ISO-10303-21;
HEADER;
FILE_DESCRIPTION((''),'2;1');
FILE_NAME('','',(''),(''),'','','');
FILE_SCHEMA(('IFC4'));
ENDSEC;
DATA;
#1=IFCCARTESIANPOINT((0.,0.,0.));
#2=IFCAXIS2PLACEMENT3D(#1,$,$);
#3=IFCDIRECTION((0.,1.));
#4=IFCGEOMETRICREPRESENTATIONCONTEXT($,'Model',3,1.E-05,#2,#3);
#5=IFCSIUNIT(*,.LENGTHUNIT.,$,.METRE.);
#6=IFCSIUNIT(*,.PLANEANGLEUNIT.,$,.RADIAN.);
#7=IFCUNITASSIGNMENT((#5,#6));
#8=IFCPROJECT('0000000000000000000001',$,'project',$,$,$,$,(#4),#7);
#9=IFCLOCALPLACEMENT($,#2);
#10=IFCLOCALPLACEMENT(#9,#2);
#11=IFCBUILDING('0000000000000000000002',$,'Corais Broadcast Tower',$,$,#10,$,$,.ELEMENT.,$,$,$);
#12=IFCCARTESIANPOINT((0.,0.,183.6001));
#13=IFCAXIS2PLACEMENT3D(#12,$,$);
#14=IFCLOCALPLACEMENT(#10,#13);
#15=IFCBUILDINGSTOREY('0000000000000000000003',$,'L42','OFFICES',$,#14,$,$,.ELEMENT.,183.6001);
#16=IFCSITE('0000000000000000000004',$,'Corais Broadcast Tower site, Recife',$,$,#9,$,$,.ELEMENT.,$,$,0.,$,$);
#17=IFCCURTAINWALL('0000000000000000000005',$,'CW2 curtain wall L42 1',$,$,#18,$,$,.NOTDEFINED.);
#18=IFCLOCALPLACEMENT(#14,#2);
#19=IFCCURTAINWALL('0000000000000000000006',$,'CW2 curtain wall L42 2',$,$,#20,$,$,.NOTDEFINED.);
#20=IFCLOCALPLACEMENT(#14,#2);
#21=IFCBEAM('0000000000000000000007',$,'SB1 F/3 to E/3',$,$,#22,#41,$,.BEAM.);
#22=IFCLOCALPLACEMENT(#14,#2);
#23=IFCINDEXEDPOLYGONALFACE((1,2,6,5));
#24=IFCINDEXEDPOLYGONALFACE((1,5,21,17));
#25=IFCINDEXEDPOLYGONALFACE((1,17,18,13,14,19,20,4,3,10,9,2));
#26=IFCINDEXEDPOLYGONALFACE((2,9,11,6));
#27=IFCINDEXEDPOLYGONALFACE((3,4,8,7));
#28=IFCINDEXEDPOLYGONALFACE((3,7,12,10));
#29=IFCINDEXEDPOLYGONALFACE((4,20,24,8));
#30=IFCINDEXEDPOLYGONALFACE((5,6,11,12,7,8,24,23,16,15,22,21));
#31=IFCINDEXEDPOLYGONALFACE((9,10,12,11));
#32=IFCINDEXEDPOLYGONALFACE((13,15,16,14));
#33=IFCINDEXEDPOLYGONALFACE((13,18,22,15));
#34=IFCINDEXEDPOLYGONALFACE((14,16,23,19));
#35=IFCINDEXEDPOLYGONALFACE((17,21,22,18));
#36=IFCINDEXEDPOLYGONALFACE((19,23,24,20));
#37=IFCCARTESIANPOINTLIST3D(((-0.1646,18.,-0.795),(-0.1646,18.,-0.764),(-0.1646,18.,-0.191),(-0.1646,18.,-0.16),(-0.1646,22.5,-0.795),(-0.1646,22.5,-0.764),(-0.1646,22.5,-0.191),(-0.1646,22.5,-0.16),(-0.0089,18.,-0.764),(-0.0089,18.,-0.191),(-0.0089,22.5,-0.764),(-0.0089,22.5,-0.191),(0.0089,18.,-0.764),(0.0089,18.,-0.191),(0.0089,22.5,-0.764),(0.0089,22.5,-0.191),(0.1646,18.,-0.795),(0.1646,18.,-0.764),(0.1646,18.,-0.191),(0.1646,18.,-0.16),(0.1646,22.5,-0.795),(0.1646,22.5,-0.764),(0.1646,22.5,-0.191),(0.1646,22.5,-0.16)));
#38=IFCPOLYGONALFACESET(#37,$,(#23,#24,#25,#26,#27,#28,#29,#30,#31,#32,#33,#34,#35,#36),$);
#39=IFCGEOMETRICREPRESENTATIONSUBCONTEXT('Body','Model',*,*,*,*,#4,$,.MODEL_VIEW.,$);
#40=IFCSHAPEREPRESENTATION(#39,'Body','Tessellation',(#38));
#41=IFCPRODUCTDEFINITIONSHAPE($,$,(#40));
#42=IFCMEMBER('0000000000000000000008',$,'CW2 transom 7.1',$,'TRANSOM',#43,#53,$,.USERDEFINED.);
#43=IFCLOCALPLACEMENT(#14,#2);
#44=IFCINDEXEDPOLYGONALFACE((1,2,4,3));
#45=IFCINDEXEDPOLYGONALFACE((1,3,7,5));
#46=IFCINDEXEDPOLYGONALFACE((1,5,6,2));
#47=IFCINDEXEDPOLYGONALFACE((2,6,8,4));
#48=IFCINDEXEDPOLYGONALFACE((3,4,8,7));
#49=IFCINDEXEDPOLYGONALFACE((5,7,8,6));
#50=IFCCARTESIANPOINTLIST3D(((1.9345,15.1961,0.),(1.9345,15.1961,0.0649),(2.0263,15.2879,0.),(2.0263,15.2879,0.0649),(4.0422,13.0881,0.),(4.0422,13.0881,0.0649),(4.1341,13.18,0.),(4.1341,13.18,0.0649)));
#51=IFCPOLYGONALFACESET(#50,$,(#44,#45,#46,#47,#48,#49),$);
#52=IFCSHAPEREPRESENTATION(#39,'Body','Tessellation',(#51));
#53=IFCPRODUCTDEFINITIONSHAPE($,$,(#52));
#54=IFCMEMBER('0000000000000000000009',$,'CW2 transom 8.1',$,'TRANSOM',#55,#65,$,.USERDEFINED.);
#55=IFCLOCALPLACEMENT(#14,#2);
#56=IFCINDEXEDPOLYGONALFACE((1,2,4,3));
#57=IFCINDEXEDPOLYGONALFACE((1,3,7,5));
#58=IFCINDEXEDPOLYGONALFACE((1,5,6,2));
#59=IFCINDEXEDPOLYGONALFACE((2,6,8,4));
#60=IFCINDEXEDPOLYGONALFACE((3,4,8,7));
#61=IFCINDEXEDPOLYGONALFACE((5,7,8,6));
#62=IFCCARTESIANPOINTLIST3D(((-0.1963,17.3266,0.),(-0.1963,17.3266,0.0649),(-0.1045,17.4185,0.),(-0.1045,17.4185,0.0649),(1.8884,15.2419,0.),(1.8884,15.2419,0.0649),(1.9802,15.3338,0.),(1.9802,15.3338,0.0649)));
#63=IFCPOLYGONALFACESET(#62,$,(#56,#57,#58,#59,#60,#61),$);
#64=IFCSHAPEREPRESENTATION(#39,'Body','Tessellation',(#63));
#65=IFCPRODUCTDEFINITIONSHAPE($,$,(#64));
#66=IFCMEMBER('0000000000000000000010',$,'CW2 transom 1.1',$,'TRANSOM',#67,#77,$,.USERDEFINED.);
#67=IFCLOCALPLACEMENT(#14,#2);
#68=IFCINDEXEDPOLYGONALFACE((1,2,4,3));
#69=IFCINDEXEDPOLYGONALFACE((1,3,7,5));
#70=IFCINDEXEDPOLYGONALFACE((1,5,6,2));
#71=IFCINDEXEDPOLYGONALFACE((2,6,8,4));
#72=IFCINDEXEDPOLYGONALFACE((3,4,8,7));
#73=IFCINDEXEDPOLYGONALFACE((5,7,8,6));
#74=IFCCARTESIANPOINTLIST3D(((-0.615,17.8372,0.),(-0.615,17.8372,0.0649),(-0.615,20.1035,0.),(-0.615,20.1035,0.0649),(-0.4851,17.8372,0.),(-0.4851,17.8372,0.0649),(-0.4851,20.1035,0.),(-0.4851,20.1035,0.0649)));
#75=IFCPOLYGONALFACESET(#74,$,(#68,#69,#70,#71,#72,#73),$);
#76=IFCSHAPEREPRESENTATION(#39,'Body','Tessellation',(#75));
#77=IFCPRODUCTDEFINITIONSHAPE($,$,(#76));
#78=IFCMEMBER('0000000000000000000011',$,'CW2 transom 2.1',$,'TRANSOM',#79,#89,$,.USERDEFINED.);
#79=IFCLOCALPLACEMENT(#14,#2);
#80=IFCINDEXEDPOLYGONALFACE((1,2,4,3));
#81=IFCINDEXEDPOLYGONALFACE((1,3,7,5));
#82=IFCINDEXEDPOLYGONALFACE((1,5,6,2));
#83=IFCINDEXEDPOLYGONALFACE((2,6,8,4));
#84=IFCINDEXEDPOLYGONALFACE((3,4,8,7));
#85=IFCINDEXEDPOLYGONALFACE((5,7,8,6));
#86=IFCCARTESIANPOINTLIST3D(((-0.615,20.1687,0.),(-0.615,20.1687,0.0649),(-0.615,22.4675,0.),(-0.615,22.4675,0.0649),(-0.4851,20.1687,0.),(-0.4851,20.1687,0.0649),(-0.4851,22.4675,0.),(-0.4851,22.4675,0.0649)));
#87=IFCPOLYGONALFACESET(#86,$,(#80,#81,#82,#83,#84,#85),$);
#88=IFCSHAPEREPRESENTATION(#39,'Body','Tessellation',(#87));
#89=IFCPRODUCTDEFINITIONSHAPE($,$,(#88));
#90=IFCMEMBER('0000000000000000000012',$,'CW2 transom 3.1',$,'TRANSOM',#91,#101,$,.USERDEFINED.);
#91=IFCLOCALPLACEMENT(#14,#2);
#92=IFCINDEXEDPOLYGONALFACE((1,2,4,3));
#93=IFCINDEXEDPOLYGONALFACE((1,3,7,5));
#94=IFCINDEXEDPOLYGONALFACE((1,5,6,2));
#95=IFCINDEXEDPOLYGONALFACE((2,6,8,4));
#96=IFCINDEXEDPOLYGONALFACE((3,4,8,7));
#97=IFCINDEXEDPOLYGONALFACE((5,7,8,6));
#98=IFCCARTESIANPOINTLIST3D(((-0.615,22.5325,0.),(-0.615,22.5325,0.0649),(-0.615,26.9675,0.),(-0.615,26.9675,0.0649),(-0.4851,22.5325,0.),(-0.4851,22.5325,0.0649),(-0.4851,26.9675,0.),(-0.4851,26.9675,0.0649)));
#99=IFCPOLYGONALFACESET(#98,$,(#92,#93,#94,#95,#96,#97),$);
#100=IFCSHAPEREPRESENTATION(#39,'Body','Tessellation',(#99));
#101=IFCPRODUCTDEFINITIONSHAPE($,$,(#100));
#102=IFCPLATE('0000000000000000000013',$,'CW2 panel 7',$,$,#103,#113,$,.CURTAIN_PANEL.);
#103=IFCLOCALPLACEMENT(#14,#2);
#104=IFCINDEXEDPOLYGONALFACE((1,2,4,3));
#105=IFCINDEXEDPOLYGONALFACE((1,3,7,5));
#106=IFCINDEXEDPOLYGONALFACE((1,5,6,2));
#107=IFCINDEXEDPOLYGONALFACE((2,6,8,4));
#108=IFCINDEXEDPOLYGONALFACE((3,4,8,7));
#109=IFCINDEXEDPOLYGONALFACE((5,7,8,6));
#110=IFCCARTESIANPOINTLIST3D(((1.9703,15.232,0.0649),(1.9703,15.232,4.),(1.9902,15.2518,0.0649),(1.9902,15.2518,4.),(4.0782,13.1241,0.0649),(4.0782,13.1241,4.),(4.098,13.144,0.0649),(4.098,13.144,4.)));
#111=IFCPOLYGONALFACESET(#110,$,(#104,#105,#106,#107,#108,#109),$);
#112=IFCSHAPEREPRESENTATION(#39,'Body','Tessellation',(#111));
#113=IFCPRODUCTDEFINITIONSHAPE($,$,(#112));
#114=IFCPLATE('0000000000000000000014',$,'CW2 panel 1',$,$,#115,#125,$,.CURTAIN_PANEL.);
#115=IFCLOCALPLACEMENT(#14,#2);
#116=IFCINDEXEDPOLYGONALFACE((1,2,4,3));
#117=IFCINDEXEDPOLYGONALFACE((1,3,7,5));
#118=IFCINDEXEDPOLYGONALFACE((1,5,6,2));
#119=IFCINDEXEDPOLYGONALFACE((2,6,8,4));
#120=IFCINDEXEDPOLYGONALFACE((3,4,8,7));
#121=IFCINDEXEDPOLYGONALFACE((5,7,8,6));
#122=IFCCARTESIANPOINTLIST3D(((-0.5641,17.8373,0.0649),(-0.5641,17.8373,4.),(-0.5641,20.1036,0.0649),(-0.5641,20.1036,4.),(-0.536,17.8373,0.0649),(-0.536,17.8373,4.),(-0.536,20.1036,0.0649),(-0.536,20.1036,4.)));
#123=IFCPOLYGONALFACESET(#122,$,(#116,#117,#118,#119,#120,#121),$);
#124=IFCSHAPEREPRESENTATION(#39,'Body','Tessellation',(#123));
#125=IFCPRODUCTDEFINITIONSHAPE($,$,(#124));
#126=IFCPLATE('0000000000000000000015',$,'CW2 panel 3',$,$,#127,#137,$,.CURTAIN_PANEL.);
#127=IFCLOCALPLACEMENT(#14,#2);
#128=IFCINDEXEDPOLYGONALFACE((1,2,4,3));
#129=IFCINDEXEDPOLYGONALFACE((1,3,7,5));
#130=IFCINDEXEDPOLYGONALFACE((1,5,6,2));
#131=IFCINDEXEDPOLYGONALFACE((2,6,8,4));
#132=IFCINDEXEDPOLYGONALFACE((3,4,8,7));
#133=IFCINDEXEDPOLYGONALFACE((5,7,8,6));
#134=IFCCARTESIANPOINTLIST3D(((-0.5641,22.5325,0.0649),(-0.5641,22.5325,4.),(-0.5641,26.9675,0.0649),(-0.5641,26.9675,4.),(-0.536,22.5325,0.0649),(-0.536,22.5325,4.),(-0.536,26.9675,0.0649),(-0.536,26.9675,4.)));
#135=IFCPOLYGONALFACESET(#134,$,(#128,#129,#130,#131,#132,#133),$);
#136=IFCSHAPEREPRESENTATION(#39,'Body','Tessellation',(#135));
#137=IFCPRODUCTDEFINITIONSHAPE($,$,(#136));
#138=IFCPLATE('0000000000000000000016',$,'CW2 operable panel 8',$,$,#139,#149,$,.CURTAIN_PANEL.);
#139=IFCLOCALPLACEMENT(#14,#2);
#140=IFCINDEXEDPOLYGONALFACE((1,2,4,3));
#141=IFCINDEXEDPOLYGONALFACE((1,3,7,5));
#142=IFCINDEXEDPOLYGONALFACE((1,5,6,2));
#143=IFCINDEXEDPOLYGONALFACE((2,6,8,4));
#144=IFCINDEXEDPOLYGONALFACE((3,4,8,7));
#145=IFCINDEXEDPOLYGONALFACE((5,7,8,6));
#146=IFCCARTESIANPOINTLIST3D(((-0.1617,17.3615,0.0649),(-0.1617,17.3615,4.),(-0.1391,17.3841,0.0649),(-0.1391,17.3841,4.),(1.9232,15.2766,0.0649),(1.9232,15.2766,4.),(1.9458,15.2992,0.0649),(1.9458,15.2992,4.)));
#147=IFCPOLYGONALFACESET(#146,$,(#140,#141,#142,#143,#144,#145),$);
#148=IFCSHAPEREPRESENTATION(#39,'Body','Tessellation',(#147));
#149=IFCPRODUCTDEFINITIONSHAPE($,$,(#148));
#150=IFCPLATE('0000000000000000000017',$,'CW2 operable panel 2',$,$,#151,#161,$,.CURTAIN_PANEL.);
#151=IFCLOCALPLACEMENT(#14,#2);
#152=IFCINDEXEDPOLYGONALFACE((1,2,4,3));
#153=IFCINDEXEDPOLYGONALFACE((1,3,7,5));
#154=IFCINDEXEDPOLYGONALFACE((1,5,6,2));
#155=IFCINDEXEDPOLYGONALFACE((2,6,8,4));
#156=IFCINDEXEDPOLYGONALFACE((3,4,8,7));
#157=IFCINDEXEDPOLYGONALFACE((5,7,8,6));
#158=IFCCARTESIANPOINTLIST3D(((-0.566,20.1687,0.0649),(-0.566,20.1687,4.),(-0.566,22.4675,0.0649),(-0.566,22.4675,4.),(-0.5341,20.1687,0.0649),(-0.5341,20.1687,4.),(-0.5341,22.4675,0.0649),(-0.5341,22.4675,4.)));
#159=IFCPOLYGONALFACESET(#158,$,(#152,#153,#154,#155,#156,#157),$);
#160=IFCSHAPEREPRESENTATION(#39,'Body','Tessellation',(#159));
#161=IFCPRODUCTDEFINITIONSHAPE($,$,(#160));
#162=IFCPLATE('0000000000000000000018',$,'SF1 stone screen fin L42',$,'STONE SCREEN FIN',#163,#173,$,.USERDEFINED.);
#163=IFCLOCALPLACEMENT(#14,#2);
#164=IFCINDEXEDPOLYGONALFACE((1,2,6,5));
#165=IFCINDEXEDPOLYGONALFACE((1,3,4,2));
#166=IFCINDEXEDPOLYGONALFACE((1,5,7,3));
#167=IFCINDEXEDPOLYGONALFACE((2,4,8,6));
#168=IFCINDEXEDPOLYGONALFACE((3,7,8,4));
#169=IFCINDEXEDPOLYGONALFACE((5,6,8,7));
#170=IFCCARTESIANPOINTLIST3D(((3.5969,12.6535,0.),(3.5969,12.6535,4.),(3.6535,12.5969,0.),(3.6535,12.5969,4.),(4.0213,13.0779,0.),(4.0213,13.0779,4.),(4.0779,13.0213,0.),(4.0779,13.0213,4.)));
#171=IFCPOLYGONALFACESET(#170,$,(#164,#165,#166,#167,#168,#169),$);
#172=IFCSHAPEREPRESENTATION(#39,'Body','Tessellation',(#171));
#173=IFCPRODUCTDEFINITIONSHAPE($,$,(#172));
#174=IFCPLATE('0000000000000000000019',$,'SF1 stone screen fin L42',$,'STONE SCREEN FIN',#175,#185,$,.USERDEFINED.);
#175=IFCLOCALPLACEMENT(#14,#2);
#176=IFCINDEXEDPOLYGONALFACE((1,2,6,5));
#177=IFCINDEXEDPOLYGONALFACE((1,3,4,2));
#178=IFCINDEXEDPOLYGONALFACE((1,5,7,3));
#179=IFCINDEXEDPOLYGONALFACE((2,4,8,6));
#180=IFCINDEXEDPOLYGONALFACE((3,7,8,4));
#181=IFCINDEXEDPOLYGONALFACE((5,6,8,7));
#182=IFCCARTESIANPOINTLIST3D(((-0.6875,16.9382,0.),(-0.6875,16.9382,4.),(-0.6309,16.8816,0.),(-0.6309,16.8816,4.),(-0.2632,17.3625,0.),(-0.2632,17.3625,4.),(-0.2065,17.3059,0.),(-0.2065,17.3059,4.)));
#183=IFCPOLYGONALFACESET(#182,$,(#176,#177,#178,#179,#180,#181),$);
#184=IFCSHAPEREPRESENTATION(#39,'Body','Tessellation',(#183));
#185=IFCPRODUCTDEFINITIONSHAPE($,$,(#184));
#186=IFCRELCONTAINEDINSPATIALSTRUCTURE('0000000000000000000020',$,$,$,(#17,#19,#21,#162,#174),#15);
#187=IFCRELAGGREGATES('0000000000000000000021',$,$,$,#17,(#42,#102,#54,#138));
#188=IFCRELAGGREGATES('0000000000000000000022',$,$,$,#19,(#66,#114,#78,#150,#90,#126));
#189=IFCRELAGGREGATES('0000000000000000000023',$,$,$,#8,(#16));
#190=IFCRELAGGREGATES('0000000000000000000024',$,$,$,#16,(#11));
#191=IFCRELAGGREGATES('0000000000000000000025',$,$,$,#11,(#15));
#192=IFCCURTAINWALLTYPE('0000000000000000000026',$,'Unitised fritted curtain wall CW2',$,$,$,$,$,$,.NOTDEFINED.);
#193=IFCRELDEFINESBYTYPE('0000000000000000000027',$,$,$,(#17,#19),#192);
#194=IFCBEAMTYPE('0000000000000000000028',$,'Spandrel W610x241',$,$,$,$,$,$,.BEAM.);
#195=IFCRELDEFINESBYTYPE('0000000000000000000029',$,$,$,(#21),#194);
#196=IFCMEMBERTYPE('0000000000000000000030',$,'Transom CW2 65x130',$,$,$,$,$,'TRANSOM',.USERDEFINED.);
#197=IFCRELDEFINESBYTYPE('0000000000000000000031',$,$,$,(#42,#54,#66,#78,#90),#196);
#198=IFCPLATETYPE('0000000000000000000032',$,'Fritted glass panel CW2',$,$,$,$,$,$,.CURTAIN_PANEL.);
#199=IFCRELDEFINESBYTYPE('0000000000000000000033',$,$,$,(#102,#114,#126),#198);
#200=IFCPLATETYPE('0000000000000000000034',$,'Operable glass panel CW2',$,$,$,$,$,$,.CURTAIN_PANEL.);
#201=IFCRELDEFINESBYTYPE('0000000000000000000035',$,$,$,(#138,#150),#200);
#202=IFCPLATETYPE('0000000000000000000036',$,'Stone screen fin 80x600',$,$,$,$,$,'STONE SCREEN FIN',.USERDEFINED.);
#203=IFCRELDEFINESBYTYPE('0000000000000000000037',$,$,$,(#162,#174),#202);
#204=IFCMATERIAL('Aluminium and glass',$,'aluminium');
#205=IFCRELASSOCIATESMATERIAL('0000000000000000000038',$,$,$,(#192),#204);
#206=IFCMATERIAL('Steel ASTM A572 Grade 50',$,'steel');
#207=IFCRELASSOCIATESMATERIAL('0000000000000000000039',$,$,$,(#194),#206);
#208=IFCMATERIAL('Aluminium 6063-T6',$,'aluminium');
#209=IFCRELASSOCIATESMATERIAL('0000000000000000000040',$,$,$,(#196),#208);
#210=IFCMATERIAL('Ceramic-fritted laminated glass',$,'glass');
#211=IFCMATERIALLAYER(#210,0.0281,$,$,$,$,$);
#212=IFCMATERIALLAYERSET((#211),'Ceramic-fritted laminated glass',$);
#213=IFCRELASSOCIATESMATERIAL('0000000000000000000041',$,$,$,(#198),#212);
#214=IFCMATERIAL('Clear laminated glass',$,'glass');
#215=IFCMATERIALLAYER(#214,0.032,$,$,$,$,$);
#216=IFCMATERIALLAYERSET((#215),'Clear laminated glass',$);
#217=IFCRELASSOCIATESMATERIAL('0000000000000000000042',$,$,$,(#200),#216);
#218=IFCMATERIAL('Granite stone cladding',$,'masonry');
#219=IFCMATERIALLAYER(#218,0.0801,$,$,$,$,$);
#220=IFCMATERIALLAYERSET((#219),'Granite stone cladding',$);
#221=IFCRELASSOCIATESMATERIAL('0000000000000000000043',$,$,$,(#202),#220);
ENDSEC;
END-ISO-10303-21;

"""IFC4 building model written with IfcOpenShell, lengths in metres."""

from ifc_helpers import new_model, si_unit, direction, frame, origin, origin_2d, place, context, subcontext, project, spatial, rectangle, i_section, extrude, material, layer, layer_set, material_profile, profile_set, type_object, element, aggregate, save


model = new_model("IFC4")

# Units and contexts
model_context = context("Model", 3, precision=1e-05, world=origin(), true_north=direction((0.0, 1.0)))
body_context = subcontext(model_context, "Body", "Model", "MODEL_VIEW")
ifc_project = project(units=[si_unit("LENGTHUNIT", "METRE"), si_unit("PLANEANGLEUNIT", "RADIAN")], contexts=[model_context])

# Site, building, storey
site_placement = place(None, origin())
site = spatial("IfcSite", under=ifc_project, at=site_placement, Name="Corais Broadcast Tower site, Recife", CompositionType="ELEMENT", RefElevation=0.0)
building_placement = place(site_placement, origin())
building = spatial("IfcBuilding", under=site, at=building_placement, Name="Corais Broadcast Tower", CompositionType="ELEMENT")
storey_placement = place(building_placement, frame((0.0, 0.0, 183.6001)))
storey = spatial("IfcBuildingStorey", under=building, at=storey_placement, Name="L42", Description="OFFICES", CompositionType="ELEMENT", Elevation=183.6001)

# Curtain walls
ifc_material_1 = material(Name="Aluminium and glass", Category="aluminium")
curtain_wall_type = type_object("IfcCurtainWallType", Name="Unitised fritted curtain wall CW2", PredefinedType="NOTDEFINED", material=ifc_material_1)
curtain_wall_1_placement = place(storey_placement, origin())
curtain_wall_1 = element("IfcCurtainWall", 1, at=curtain_wall_1_placement, inside=storey, type_object=curtain_wall_type, Name="CW2 curtain wall L42 1", PredefinedType="NOTDEFINED")
curtain_wall_2_placement = place(storey_placement, origin())
curtain_wall_2 = element("IfcCurtainWall", 2, at=curtain_wall_2_placement, inside=storey, type_object=curtain_wall_type, Name="CW2 curtain wall L42 2", PredefinedType="NOTDEFINED")

# Beam
ifc_material_2 = material(Name="Steel ASTM A572 Grade 50", Category="steel")
ifc_material_profile_1 = material_profile(ifc_material_2, i_section(OverallWidth=0.3291, OverallDepth=0.635, WebThickness=0.0178, FlangeThickness=0.031, at=origin_2d()), Name="W610x241")
ifc_profile_set_1 = profile_set([ifc_material_profile_1], Name="Steel ASTM A572 Grade 50")
beam_type_1 = type_object("IfcBeamType", Name="Spandrel W610x241", PredefinedType="BEAM", material=ifc_profile_set_1)
beam_1_placement = place(storey_placement, frame((0.0, 22.5, -0.4775), z_axis=(0.0, -1.0, 0.0), x_axis=(1.0, 0.0, 0.0)))
element("IfcBeam", 3, at=beam_1_placement, inside=storey, type_object=beam_type_1, Name="SB1 F/3 to E/3", PredefinedType="BEAM", context=body_context, shape_type="SweptSolid", body=[
    extrude(i_section(OverallWidth=0.3291, OverallDepth=0.635, WebThickness=0.0178, FlangeThickness=0.031, at=origin_2d()), origin(), (0.0, 0.0, 1.0), 4.5),
])

# Members
ifc_material_3 = material(Name="Aluminium 6063-T6", Category="aluminium")
ifc_material_profile_2 = material_profile(ifc_material_3, rectangle(XDim=0.1299, YDim=0.0649, at=origin_2d()), Name="Transom CW2 65x130")
ifc_profile_set_2 = profile_set([ifc_material_profile_2], Name="Aluminium 6063-T6")
member_type_1 = type_object("IfcMemberType", Name="Transom CW2 65x130", ElementType="TRANSOM", PredefinedType="USERDEFINED", material=ifc_profile_set_2)
member_1_placement = place(storey_placement, frame((4.0881, 13.134, 0.0325), z_axis=(-0.707066, 0.707148, 0.0), x_axis=(-0.707148, -0.707066, 0.0)))
member_1 = element("IfcMember", 4, at=member_1_placement, type_object=member_type_1, Name="CW2 transom 7.1", ObjectType="TRANSOM", PredefinedType="USERDEFINED", context=body_context, shape_type="SweptSolid", body=[
    extrude(rectangle(XDim=0.1299, YDim=0.0649, at=origin_2d()), origin(), (0.0, 0.0, 1.0), 2.981),
])
member_2_placement = place(storey_placement, frame((1.9343, 15.2878, 0.0325), z_axis=(-0.707107, 0.707107, 0.0), x_axis=(-0.707107, -0.707107, 0.0)))
member_2 = element("IfcMember", 5, at=member_2_placement, type_object=member_type_1, Name="CW2 transom 8.1", ObjectType="TRANSOM", PredefinedType="USERDEFINED", context=body_context, shape_type="SweptSolid", body=[
    extrude(rectangle(XDim=0.1299, YDim=0.0649, at=origin_2d()), origin(), (0.0, 0.0, 1.0), 2.9482),
])
member_3_placement = place(storey_placement, frame((-0.55, 17.8372, 0.0325), z_axis=(0.0, 1.0, 0.0), x_axis=(-1.0, 0.0, 0.0)))
member_3 = element("IfcMember", 6, at=member_3_placement, type_object=member_type_1, Name="CW2 transom 1.1", ObjectType="TRANSOM", PredefinedType="USERDEFINED", context=body_context, shape_type="SweptSolid", body=[
    extrude(rectangle(XDim=0.1299, YDim=0.0649, at=origin_2d()), origin(), (0.0, 0.0, 1.0), 2.2664),
])
member_4_placement = place(storey_placement, frame((-0.55, 20.1687, 0.0325), z_axis=(0.0, 1.0, 0.0), x_axis=(-1.0, 0.0, 0.0)))
member_4 = element("IfcMember", 7, at=member_4_placement, type_object=member_type_1, Name="CW2 transom 2.1", ObjectType="TRANSOM", PredefinedType="USERDEFINED", context=body_context, shape_type="SweptSolid", body=[
    extrude(rectangle(XDim=0.1299, YDim=0.0649, at=origin_2d()), origin(), (0.0, 0.0, 1.0), 2.2988),
])
member_5_placement = place(storey_placement, frame((-0.55, 22.5325, 0.0325), z_axis=(0.0, 1.0, 0.0), x_axis=(-1.0, 0.0, 0.0)))
member_5 = element("IfcMember", 8, at=member_5_placement, type_object=member_type_1, Name="CW2 transom 3.1", ObjectType="TRANSOM", PredefinedType="USERDEFINED", context=body_context, shape_type="SweptSolid", body=[
    extrude(rectangle(XDim=0.1299, YDim=0.0649, at=origin_2d()), origin(), (0.0, 0.0, 1.0), 4.4351),
])

# Plates
ifc_material_4 = material(Name="Ceramic-fritted laminated glass", Category="glass")
ifc_layer_1 = layer(ifc_material_4, 0.0281)
ifc_layer_set_1 = layer_set([ifc_layer_1], Name="Ceramic-fritted laminated glass")
plate_type_1 = type_object("IfcPlateType", Name="Fritted glass panel CW2", PredefinedType="CURTAIN_PANEL", material=ifc_layer_set_1)
plate_1_placement = place(storey_placement, frame((3.0342, 14.188, 0.0649), z_axis=(0.0, 0.0, 1.0), x_axis=(-0.707107, 0.707107, 0.0)))
plate_1 = element("IfcPlate", 9, at=plate_1_placement, type_object=plate_type_1, Name="CW2 panel 7", PredefinedType="CURTAIN_PANEL", context=body_context, shape_type="SweptSolid", body=[
    extrude(rectangle(XDim=2.981, YDim=0.0281, at=origin_2d()), origin(), (0.0, 0.0, 1.0), 3.9351),
])
plate_2_placement = place(storey_placement, frame((-0.55, 18.9705, 0.0649), z_axis=(0.0, 0.0, 1.0), x_axis=(0.0, 1.0, 0.0)))
plate_2 = element("IfcPlate", 10, at=plate_2_placement, type_object=plate_type_1, Name="CW2 panel 1", PredefinedType="CURTAIN_PANEL", context=body_context, shape_type="SweptSolid", body=[
    extrude(rectangle(XDim=2.2664, YDim=0.0281, at=origin_2d()), origin(), (0.0, 0.0, 1.0), 3.9351),
])
plate_3_placement = place(storey_placement, frame((-0.55, 24.75, 0.0649), z_axis=(0.0, 0.0, 1.0), x_axis=(0.0, 1.0, 0.0)))
plate_3 = element("IfcPlate", 11, at=plate_3_placement, type_object=plate_type_1, Name="CW2 panel 3", PredefinedType="CURTAIN_PANEL", context=body_context, shape_type="SweptSolid", body=[
    extrude(rectangle(XDim=4.4351, YDim=0.0281, at=origin_2d()), origin(), (0.0, 0.0, 1.0), 3.9351),
])
ifc_material_5 = material(Name="Clear laminated glass", Category="glass")
ifc_layer_2 = layer(ifc_material_5, 0.032)
ifc_layer_set_2 = layer_set([ifc_layer_2], Name="Clear laminated glass")
plate_type_2 = type_object("IfcPlateType", Name="Operable glass panel CW2", PredefinedType="CURTAIN_PANEL", material=ifc_layer_set_2)
plate_4_placement = place(storey_placement, frame((0.8921, 16.3303, 0.0649), z_axis=(0.0, 0.0, 1.0), x_axis=(-0.707107, 0.707107, 0.0)))
plate_4 = element("IfcPlate", 12, at=plate_4_placement, type_object=plate_type_2, Name="CW2 operable panel 8", PredefinedType="CURTAIN_PANEL", context=body_context, shape_type="SweptSolid", body=[
    extrude(rectangle(XDim=2.9485, YDim=0.032, at=origin_2d()), origin(), (0.0, 0.0, 1.0), 3.9351),
])
aggregate(curtain_wall_1, [member_1, plate_1, member_2, plate_4])
plate_5_placement = place(storey_placement, frame((-0.55, 21.3181, 0.0649), z_axis=(0.0, 0.0, 1.0), x_axis=(0.0, 1.0, 0.0)))
plate_5 = element("IfcPlate", 13, at=plate_5_placement, type_object=plate_type_2, Name="CW2 operable panel 2", PredefinedType="CURTAIN_PANEL", context=body_context, shape_type="SweptSolid", body=[
    extrude(rectangle(XDim=2.2988, YDim=0.032, at=origin_2d()), origin(), (0.0, 0.0, 1.0), 3.9351),
])
aggregate(curtain_wall_2, [member_3, plate_2, member_4, plate_5, member_5, plate_3])

# Plates
ifc_material_6 = material(Name="Granite stone cladding", Category="masonry")
ifc_layer_3 = layer(ifc_material_6, 0.0801)
ifc_layer_set_3 = layer_set([ifc_layer_3], Name="Granite stone cladding")
plate_type_3 = type_object("IfcPlateType", Name="Stone screen fin 80x600", ElementType="STONE SCREEN FIN", PredefinedType="USERDEFINED", material=ifc_layer_set_3)
for number, where, z_axis, x_axis, name in (
    (14, (3.8374, 12.8374, 0.0), (0.0, 0.0, 1.0), (-0.707107, 0.707107, 0.0), "SF1 stone screen fin L42"),
    (15, (-0.447, 17.1221, 0.0), (0.0, 0.0, 1.0), (-0.707107, 0.707107, 0.0), "SF1 stone screen fin L42"),
):
    element("IfcPlate", number, at=place(storey_placement, frame(where, z_axis=z_axis, x_axis=x_axis)), inside=storey, type_object=plate_type_3, Name=name, ObjectType="STONE SCREEN FIN", PredefinedType="USERDEFINED", context=body_context, shape_type="SweptSolid", body=[
        extrude(rectangle(XDim=0.0801, YDim=0.6001, at=origin_2d()), origin(), (0.0, 0.0, 1.0), 4.0),
    ])

save(model, "model.ifc")
